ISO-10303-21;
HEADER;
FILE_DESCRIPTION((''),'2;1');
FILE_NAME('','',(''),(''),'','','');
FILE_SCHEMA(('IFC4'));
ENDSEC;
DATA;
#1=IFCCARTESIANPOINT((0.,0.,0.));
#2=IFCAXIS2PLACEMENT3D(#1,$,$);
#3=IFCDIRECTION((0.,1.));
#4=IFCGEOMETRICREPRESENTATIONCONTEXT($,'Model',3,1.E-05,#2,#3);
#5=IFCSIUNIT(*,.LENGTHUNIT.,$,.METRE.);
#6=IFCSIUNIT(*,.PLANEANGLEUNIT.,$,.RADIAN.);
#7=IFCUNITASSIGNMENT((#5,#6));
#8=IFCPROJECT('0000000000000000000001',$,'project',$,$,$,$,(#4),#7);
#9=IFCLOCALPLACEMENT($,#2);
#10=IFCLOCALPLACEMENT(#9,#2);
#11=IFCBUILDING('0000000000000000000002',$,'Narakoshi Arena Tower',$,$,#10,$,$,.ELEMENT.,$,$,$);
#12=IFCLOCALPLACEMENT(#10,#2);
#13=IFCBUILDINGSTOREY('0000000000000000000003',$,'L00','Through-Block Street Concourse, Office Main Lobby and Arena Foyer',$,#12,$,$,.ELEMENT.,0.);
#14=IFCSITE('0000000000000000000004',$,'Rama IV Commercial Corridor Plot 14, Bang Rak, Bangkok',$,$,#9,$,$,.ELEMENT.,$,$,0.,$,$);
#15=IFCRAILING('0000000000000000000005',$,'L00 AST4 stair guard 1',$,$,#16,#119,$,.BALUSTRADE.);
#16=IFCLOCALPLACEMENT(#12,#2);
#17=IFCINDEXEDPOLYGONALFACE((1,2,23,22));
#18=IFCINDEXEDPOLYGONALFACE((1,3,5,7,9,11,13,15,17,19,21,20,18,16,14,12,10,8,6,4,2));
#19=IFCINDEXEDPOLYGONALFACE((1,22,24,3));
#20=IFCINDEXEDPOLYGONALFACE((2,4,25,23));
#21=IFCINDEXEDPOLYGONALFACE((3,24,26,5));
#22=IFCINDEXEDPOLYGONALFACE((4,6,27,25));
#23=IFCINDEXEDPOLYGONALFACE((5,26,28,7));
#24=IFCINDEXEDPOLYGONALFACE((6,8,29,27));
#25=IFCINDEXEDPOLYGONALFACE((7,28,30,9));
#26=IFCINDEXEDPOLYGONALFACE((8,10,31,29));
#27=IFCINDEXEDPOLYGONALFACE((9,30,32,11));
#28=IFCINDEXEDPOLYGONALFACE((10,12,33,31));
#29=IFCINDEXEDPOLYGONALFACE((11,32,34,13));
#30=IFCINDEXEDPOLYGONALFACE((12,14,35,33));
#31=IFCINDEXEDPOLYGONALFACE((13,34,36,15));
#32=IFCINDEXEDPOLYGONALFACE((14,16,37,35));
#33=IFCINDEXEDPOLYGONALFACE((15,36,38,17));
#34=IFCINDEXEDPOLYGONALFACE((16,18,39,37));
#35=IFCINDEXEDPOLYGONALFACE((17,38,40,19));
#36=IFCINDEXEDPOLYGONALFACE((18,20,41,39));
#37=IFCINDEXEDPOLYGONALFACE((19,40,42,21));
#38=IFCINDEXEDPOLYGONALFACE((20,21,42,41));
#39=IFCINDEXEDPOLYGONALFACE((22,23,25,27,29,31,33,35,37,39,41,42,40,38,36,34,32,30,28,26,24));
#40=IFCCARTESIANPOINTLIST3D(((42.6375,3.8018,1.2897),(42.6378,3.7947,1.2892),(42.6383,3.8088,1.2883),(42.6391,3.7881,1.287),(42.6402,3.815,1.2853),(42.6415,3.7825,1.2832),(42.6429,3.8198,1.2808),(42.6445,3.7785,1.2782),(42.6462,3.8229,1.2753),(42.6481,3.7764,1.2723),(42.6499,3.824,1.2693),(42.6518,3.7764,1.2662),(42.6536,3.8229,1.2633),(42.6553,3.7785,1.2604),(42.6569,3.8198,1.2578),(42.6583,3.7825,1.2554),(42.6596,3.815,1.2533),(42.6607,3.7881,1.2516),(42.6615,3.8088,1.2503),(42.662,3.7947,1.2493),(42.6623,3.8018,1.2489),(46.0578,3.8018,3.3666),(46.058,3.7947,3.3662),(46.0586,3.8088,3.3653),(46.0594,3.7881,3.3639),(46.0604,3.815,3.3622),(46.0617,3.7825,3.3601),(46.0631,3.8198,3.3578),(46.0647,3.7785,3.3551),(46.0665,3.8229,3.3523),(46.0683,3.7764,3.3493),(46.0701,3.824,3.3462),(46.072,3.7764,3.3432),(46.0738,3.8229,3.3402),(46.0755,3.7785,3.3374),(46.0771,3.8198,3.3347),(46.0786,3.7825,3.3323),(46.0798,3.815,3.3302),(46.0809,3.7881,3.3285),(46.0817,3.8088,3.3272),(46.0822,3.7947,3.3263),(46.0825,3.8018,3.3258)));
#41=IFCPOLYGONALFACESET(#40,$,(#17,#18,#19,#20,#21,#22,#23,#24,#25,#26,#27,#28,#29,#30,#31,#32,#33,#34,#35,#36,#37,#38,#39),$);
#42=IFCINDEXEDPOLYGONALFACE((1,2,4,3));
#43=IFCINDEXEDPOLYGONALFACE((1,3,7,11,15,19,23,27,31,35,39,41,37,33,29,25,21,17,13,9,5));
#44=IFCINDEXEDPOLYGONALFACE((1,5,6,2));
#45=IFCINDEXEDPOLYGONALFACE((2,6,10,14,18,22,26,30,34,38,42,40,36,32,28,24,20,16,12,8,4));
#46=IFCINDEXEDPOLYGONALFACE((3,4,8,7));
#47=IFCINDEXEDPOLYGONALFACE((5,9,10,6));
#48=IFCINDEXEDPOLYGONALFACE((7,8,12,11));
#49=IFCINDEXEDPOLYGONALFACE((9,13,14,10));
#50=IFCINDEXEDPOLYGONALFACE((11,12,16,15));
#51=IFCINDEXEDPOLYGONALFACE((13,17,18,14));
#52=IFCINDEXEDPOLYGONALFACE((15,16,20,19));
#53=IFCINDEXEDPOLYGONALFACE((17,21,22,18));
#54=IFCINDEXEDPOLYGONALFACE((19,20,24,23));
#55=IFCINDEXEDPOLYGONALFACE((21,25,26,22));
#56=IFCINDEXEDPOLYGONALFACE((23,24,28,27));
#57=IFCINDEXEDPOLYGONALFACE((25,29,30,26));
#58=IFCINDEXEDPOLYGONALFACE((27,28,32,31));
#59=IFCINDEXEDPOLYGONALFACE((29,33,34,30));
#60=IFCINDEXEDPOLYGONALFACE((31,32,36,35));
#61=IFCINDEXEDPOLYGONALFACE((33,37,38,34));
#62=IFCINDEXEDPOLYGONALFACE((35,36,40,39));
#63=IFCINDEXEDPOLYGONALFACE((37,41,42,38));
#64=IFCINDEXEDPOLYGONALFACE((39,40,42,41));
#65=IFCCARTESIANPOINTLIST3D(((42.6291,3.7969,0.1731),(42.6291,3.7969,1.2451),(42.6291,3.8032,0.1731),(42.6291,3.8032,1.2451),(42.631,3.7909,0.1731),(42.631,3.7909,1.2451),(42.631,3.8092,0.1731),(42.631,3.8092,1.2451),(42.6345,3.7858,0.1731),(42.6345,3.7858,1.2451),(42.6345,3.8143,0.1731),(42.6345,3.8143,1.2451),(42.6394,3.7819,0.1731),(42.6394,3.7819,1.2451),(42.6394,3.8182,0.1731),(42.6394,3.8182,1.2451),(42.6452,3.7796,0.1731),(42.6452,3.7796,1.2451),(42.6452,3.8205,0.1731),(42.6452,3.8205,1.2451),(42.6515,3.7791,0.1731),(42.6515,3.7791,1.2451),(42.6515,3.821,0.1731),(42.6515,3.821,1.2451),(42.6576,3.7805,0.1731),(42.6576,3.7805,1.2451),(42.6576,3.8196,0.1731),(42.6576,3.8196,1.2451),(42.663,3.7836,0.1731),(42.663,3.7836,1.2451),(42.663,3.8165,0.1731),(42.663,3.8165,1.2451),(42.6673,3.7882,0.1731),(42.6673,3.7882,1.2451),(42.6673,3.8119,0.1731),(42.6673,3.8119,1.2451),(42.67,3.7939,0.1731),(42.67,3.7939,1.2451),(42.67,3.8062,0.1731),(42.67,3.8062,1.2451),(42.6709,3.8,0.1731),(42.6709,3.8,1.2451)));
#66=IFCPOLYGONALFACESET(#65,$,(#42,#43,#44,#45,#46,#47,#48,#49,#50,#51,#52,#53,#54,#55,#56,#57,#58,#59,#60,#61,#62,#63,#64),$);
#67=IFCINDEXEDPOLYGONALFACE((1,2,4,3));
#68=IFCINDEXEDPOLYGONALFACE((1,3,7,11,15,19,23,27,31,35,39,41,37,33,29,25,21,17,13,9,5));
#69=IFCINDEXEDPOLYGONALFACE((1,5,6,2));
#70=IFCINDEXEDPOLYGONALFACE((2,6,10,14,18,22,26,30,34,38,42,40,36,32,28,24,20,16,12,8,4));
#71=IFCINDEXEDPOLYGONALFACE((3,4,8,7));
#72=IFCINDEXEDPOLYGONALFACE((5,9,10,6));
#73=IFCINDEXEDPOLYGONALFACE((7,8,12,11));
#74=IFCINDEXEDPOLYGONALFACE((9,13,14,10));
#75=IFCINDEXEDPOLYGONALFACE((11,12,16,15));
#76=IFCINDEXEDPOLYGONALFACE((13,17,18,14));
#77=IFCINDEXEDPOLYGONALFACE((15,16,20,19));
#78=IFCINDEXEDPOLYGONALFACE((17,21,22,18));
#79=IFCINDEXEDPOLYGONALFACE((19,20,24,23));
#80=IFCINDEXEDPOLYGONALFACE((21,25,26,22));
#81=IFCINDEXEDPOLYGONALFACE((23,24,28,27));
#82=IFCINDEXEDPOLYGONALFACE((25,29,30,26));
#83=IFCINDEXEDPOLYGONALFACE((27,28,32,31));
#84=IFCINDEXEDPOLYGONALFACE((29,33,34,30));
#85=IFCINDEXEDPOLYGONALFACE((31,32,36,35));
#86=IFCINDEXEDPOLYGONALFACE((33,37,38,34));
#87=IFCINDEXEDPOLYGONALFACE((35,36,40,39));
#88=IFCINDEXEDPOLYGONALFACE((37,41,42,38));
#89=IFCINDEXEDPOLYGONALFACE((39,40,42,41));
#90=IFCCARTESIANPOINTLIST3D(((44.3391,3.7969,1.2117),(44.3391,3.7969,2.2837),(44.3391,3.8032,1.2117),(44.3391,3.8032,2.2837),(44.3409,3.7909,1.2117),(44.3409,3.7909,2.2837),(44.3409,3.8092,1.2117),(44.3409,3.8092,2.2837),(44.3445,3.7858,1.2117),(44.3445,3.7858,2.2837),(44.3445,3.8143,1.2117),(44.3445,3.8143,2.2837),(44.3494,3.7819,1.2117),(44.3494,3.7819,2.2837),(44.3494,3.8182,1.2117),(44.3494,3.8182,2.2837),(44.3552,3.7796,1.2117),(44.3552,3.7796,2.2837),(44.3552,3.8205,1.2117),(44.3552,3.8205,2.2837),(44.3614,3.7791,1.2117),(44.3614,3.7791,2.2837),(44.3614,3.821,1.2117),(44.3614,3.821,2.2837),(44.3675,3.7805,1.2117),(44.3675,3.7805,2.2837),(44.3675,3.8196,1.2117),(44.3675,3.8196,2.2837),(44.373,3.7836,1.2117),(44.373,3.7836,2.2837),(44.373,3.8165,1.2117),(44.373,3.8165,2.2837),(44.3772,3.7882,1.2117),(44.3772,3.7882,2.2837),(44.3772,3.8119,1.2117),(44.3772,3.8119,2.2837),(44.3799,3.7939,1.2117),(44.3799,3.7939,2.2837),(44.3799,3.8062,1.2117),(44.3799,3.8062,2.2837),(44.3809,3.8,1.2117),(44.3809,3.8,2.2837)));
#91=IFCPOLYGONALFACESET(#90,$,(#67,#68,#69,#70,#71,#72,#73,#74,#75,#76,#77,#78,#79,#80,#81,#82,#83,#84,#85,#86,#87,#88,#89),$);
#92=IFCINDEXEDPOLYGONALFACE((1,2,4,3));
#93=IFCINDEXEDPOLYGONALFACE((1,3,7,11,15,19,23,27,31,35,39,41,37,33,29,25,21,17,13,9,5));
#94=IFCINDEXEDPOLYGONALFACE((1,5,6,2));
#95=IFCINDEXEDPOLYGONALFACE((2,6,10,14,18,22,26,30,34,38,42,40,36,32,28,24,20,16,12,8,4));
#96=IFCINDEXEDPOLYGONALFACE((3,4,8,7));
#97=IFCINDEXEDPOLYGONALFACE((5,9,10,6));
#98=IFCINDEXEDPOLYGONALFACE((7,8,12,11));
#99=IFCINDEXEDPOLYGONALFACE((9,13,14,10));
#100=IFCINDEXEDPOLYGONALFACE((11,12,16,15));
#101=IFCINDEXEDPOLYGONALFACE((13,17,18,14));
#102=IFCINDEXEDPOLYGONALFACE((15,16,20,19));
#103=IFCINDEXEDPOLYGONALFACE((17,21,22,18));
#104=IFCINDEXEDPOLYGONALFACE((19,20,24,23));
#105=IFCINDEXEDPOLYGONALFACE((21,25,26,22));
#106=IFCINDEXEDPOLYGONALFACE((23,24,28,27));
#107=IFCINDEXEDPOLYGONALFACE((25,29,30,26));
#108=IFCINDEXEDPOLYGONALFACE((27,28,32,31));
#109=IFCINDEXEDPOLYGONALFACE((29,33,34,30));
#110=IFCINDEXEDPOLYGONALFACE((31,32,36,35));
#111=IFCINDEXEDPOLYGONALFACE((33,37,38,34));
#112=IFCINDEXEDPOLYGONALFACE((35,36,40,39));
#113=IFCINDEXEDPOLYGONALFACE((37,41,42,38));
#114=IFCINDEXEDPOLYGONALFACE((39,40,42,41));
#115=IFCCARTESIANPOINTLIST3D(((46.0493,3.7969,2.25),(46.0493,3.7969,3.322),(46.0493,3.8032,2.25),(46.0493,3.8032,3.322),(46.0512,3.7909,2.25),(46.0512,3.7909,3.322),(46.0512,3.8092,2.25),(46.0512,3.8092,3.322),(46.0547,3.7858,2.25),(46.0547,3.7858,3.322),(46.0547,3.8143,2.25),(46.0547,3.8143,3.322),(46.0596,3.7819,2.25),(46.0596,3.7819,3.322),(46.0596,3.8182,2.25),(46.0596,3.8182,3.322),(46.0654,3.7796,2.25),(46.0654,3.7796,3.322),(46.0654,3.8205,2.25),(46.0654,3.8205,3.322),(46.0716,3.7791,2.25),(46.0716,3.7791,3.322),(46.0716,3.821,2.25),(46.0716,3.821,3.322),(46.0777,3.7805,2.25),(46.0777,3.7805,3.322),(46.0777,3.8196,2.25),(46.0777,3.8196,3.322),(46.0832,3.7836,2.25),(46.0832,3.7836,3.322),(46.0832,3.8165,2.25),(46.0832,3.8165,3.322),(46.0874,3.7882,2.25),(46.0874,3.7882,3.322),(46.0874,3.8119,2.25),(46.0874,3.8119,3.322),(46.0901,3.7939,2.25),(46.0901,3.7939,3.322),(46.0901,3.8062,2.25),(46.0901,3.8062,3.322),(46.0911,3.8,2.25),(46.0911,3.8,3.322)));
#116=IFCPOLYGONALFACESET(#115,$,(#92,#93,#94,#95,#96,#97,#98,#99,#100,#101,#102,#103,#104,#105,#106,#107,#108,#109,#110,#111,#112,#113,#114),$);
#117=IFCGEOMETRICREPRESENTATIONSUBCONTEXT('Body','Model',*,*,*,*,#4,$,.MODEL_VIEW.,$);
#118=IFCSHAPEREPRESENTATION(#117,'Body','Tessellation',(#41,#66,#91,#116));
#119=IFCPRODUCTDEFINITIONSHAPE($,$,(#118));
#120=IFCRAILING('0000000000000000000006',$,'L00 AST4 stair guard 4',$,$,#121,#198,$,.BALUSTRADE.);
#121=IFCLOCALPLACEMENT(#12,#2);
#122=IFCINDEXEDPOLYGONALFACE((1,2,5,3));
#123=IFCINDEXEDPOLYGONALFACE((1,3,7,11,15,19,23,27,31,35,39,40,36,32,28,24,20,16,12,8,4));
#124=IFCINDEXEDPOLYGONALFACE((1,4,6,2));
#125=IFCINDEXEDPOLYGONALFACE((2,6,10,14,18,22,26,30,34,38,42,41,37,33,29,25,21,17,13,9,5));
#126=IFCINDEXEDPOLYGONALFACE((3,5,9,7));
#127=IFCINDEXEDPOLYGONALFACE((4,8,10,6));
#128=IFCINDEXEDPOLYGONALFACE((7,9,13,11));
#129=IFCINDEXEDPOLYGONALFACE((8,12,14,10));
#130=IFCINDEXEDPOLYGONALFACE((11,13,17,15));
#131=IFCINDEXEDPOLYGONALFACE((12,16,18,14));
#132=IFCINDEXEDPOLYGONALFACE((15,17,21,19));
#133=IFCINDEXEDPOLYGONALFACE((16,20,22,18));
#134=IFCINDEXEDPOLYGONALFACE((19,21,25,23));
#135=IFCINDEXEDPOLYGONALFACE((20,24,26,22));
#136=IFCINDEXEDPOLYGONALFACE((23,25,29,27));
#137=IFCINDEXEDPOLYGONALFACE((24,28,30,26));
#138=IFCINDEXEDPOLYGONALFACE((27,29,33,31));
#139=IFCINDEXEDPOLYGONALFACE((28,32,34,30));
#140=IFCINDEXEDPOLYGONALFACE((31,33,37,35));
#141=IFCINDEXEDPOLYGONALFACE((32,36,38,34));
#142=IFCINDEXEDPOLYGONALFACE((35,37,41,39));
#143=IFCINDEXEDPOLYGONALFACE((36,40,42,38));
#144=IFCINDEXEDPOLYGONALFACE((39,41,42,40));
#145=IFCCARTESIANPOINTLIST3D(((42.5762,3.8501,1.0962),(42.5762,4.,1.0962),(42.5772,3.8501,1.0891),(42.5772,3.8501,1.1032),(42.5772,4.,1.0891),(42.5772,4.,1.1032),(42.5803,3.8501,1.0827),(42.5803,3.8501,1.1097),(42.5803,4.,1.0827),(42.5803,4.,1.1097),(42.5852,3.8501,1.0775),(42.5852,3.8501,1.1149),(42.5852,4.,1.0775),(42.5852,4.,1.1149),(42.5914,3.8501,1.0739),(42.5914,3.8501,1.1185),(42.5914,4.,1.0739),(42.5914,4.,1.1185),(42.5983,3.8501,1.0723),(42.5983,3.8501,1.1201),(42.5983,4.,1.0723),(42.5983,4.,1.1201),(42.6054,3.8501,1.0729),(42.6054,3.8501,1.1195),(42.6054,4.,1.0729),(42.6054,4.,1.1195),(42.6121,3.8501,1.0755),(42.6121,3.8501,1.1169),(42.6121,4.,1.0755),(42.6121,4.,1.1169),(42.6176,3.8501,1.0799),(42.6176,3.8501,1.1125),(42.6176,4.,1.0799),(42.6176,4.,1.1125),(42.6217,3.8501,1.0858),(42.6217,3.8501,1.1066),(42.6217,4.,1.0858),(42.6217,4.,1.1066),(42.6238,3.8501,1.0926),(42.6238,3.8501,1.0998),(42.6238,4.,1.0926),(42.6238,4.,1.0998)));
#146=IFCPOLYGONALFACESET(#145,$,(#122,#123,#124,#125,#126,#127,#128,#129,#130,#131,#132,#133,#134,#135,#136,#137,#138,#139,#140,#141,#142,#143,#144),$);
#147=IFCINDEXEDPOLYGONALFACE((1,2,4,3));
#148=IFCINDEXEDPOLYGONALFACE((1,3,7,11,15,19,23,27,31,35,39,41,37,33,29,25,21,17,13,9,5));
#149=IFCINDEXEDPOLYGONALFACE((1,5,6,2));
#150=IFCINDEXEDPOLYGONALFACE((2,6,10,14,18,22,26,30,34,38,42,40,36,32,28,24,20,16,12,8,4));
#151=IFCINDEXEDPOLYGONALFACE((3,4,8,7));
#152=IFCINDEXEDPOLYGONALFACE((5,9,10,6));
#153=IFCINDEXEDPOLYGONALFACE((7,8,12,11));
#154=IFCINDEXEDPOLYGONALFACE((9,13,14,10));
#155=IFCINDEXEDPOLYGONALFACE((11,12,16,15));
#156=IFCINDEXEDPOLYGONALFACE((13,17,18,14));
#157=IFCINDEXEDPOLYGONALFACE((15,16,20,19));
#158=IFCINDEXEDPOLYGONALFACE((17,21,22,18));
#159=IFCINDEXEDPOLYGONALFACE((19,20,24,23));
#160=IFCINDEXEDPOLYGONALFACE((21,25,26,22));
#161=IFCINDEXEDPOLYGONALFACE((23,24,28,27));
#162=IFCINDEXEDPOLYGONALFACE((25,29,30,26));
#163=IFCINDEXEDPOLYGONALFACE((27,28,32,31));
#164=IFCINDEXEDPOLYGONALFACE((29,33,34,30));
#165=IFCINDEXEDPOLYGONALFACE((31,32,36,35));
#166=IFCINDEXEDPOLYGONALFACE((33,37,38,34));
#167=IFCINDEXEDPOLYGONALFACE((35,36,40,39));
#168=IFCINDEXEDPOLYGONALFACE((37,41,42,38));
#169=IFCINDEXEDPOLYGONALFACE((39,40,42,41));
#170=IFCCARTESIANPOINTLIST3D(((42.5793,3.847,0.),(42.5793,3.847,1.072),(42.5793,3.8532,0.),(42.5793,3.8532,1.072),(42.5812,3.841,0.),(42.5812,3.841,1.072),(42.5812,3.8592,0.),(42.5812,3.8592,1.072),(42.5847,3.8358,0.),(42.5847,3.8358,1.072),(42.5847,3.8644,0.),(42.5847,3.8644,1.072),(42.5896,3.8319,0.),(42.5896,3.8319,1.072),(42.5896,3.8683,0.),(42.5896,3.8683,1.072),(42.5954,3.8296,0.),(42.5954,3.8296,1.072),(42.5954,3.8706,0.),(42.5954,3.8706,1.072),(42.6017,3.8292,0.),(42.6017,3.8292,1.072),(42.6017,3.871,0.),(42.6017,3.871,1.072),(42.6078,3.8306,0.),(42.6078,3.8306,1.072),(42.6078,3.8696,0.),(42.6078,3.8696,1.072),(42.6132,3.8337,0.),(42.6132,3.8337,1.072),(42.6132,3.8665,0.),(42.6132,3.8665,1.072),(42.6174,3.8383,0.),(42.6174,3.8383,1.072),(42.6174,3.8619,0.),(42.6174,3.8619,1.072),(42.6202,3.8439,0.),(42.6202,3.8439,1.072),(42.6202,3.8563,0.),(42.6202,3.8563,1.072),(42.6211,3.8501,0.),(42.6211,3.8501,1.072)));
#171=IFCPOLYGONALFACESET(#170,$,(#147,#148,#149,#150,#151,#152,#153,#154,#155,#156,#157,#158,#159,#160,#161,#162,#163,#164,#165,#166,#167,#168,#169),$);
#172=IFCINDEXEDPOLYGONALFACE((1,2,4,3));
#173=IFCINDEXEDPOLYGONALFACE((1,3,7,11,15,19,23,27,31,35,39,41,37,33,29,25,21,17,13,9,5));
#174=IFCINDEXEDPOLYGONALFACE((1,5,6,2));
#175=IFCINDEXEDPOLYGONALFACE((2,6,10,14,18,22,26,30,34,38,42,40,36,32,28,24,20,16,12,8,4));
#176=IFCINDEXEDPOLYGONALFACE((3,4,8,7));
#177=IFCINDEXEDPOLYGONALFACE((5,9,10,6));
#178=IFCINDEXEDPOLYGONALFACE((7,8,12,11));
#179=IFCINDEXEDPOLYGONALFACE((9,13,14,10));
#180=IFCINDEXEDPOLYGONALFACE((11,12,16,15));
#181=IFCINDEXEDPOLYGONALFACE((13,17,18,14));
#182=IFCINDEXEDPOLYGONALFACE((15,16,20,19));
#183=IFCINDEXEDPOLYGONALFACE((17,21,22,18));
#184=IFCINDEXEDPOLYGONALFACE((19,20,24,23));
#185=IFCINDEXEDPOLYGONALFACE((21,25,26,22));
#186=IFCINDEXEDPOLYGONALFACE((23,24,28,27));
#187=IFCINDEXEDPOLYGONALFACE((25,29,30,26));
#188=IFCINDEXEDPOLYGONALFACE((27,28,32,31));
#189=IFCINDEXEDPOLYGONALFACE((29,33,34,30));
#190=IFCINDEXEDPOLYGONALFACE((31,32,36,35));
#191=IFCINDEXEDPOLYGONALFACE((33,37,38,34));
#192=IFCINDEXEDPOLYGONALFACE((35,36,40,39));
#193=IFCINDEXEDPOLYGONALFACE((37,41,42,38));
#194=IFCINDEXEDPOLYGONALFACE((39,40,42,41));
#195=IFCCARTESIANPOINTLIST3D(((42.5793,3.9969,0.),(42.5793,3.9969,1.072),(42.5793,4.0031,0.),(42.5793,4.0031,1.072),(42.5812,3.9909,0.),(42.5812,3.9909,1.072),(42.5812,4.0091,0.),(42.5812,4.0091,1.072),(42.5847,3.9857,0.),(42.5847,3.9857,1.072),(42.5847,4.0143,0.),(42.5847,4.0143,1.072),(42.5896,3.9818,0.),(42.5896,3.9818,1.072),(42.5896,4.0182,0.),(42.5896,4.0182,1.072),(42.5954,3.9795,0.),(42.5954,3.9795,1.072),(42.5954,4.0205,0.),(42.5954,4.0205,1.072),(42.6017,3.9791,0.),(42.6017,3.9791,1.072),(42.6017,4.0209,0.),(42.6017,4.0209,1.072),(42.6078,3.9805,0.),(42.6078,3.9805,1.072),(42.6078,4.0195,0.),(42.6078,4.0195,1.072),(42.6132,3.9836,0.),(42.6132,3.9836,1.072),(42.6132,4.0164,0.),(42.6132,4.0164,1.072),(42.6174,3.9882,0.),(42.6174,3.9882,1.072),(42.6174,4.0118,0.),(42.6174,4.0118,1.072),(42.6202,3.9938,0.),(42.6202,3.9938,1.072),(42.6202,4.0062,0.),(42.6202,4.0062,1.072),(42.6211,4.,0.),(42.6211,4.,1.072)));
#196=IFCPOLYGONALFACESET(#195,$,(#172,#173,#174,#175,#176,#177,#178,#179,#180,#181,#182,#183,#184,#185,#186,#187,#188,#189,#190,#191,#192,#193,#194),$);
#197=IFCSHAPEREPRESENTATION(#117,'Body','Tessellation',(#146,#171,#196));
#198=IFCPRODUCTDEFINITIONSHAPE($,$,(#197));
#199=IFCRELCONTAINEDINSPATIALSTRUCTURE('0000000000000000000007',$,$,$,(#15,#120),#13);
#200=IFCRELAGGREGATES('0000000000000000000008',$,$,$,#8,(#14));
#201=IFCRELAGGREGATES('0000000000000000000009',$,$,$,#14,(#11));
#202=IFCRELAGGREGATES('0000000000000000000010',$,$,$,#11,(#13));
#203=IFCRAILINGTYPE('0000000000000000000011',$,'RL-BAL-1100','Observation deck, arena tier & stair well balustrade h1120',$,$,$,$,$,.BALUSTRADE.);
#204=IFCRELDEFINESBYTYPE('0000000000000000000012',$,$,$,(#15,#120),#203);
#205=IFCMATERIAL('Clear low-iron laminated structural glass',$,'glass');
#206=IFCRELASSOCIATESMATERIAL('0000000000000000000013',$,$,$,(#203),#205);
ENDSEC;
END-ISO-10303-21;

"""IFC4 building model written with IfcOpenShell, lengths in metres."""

from ifc_helpers import new_model, si_unit, direction, frame, origin, origin_2d, place, context, subcontext, project, spatial, circle, extrude, material, type_object, element, save


model = new_model("IFC4")

# Units and contexts
model_context = context("Model", 3, precision=1e-05, world=origin(), true_north=direction((0.0, 1.0)))
body_context = subcontext(model_context, "Body", "Model", "MODEL_VIEW")
ifc_project = project(units=[si_unit("LENGTHUNIT", "METRE"), si_unit("PLANEANGLEUNIT", "RADIAN")], contexts=[model_context])

# Site, building, storey
site_placement = place(None, origin())
site = spatial("IfcSite", under=ifc_project, at=site_placement, Name="Rama IV Commercial Corridor Plot 14, Bang Rak, Bangkok", CompositionType="ELEMENT", RefElevation=0.0)
building_placement = place(site_placement, origin())
building = spatial("IfcBuilding", under=site, at=building_placement, Name="Narakoshi Arena Tower", CompositionType="ELEMENT")
storey_placement = place(building_placement, origin())
storey = spatial("IfcBuildingStorey", under=building, at=storey_placement, Name="L00", Description="Through-Block Street Concourse, Office Main Lobby and Arena Foyer", CompositionType="ELEMENT", Elevation=0.0)

# Railings
ifc_material_1 = material(Name="Clear low-iron laminated structural glass", Category="glass")
railing_type_1 = type_object("IfcRailingType", Name="RL-BAL-1100", Description="Observation deck, arena tier & stair well balustrade h1120", PredefinedType="BALUSTRADE", material=ifc_material_1)
railing_1_placement = place(storey_placement, frame((42.6499, 3.8, 0.1731)))
element("IfcRailing", 1, at=railing_1_placement, inside=storey, type_object=railing_type_1, Name="L00 AST4 stair guard 1", PredefinedType="BALUSTRADE", context=body_context, shape_type="SweptSolid", body=[
    extrude(circle(Radius=0.0239, at=origin_2d()), frame((0.0, 0.0, 1.0962), z_axis=(0.854746, 0.0, 0.519047), x_axis=(0.0, 1.0, 0.0)), (0.0, 0.0, 1.0), 4.0015),
    extrude(circle(Radius=0.021, at=origin_2d()), origin(), (0.0, 0.0, 1.0), 1.072),
    extrude(circle(Radius=0.021, at=origin_2d()), frame((1.71, 0.0, 1.0386)), (0.0, 0.0, 1.0), 1.072),
    extrude(circle(Radius=0.021, at=origin_2d()), frame((3.4202, 0.0, 2.0769)), (0.0, 0.0, 1.0), 1.072),
])
railing_2_placement = place(storey_placement, frame((42.6001, 3.8501, 0.0)))
element("IfcRailing", 2, at=railing_2_placement, inside=storey, type_object=railing_type_1, Name="L00 AST4 stair guard 4", PredefinedType="BALUSTRADE", context=body_context, shape_type="SweptSolid", body=[
    extrude(circle(Radius=0.0239, at=origin_2d()), frame((0.0, 0.0, 1.0962), z_axis=(0.0, 1.0, 0.0), x_axis=(-1.0, 0.0, 0.0)), (0.0, 0.0, 1.0), 0.1499),
    extrude(circle(Radius=0.021, at=origin_2d()), origin(), (0.0, 0.0, 1.0), 1.072),
    extrude(circle(Radius=0.021, at=origin_2d()), frame((0.0, 0.1499, 0.0)), (0.0, 0.0, 1.0), 1.072),
])

save(model, "model.ifc")
